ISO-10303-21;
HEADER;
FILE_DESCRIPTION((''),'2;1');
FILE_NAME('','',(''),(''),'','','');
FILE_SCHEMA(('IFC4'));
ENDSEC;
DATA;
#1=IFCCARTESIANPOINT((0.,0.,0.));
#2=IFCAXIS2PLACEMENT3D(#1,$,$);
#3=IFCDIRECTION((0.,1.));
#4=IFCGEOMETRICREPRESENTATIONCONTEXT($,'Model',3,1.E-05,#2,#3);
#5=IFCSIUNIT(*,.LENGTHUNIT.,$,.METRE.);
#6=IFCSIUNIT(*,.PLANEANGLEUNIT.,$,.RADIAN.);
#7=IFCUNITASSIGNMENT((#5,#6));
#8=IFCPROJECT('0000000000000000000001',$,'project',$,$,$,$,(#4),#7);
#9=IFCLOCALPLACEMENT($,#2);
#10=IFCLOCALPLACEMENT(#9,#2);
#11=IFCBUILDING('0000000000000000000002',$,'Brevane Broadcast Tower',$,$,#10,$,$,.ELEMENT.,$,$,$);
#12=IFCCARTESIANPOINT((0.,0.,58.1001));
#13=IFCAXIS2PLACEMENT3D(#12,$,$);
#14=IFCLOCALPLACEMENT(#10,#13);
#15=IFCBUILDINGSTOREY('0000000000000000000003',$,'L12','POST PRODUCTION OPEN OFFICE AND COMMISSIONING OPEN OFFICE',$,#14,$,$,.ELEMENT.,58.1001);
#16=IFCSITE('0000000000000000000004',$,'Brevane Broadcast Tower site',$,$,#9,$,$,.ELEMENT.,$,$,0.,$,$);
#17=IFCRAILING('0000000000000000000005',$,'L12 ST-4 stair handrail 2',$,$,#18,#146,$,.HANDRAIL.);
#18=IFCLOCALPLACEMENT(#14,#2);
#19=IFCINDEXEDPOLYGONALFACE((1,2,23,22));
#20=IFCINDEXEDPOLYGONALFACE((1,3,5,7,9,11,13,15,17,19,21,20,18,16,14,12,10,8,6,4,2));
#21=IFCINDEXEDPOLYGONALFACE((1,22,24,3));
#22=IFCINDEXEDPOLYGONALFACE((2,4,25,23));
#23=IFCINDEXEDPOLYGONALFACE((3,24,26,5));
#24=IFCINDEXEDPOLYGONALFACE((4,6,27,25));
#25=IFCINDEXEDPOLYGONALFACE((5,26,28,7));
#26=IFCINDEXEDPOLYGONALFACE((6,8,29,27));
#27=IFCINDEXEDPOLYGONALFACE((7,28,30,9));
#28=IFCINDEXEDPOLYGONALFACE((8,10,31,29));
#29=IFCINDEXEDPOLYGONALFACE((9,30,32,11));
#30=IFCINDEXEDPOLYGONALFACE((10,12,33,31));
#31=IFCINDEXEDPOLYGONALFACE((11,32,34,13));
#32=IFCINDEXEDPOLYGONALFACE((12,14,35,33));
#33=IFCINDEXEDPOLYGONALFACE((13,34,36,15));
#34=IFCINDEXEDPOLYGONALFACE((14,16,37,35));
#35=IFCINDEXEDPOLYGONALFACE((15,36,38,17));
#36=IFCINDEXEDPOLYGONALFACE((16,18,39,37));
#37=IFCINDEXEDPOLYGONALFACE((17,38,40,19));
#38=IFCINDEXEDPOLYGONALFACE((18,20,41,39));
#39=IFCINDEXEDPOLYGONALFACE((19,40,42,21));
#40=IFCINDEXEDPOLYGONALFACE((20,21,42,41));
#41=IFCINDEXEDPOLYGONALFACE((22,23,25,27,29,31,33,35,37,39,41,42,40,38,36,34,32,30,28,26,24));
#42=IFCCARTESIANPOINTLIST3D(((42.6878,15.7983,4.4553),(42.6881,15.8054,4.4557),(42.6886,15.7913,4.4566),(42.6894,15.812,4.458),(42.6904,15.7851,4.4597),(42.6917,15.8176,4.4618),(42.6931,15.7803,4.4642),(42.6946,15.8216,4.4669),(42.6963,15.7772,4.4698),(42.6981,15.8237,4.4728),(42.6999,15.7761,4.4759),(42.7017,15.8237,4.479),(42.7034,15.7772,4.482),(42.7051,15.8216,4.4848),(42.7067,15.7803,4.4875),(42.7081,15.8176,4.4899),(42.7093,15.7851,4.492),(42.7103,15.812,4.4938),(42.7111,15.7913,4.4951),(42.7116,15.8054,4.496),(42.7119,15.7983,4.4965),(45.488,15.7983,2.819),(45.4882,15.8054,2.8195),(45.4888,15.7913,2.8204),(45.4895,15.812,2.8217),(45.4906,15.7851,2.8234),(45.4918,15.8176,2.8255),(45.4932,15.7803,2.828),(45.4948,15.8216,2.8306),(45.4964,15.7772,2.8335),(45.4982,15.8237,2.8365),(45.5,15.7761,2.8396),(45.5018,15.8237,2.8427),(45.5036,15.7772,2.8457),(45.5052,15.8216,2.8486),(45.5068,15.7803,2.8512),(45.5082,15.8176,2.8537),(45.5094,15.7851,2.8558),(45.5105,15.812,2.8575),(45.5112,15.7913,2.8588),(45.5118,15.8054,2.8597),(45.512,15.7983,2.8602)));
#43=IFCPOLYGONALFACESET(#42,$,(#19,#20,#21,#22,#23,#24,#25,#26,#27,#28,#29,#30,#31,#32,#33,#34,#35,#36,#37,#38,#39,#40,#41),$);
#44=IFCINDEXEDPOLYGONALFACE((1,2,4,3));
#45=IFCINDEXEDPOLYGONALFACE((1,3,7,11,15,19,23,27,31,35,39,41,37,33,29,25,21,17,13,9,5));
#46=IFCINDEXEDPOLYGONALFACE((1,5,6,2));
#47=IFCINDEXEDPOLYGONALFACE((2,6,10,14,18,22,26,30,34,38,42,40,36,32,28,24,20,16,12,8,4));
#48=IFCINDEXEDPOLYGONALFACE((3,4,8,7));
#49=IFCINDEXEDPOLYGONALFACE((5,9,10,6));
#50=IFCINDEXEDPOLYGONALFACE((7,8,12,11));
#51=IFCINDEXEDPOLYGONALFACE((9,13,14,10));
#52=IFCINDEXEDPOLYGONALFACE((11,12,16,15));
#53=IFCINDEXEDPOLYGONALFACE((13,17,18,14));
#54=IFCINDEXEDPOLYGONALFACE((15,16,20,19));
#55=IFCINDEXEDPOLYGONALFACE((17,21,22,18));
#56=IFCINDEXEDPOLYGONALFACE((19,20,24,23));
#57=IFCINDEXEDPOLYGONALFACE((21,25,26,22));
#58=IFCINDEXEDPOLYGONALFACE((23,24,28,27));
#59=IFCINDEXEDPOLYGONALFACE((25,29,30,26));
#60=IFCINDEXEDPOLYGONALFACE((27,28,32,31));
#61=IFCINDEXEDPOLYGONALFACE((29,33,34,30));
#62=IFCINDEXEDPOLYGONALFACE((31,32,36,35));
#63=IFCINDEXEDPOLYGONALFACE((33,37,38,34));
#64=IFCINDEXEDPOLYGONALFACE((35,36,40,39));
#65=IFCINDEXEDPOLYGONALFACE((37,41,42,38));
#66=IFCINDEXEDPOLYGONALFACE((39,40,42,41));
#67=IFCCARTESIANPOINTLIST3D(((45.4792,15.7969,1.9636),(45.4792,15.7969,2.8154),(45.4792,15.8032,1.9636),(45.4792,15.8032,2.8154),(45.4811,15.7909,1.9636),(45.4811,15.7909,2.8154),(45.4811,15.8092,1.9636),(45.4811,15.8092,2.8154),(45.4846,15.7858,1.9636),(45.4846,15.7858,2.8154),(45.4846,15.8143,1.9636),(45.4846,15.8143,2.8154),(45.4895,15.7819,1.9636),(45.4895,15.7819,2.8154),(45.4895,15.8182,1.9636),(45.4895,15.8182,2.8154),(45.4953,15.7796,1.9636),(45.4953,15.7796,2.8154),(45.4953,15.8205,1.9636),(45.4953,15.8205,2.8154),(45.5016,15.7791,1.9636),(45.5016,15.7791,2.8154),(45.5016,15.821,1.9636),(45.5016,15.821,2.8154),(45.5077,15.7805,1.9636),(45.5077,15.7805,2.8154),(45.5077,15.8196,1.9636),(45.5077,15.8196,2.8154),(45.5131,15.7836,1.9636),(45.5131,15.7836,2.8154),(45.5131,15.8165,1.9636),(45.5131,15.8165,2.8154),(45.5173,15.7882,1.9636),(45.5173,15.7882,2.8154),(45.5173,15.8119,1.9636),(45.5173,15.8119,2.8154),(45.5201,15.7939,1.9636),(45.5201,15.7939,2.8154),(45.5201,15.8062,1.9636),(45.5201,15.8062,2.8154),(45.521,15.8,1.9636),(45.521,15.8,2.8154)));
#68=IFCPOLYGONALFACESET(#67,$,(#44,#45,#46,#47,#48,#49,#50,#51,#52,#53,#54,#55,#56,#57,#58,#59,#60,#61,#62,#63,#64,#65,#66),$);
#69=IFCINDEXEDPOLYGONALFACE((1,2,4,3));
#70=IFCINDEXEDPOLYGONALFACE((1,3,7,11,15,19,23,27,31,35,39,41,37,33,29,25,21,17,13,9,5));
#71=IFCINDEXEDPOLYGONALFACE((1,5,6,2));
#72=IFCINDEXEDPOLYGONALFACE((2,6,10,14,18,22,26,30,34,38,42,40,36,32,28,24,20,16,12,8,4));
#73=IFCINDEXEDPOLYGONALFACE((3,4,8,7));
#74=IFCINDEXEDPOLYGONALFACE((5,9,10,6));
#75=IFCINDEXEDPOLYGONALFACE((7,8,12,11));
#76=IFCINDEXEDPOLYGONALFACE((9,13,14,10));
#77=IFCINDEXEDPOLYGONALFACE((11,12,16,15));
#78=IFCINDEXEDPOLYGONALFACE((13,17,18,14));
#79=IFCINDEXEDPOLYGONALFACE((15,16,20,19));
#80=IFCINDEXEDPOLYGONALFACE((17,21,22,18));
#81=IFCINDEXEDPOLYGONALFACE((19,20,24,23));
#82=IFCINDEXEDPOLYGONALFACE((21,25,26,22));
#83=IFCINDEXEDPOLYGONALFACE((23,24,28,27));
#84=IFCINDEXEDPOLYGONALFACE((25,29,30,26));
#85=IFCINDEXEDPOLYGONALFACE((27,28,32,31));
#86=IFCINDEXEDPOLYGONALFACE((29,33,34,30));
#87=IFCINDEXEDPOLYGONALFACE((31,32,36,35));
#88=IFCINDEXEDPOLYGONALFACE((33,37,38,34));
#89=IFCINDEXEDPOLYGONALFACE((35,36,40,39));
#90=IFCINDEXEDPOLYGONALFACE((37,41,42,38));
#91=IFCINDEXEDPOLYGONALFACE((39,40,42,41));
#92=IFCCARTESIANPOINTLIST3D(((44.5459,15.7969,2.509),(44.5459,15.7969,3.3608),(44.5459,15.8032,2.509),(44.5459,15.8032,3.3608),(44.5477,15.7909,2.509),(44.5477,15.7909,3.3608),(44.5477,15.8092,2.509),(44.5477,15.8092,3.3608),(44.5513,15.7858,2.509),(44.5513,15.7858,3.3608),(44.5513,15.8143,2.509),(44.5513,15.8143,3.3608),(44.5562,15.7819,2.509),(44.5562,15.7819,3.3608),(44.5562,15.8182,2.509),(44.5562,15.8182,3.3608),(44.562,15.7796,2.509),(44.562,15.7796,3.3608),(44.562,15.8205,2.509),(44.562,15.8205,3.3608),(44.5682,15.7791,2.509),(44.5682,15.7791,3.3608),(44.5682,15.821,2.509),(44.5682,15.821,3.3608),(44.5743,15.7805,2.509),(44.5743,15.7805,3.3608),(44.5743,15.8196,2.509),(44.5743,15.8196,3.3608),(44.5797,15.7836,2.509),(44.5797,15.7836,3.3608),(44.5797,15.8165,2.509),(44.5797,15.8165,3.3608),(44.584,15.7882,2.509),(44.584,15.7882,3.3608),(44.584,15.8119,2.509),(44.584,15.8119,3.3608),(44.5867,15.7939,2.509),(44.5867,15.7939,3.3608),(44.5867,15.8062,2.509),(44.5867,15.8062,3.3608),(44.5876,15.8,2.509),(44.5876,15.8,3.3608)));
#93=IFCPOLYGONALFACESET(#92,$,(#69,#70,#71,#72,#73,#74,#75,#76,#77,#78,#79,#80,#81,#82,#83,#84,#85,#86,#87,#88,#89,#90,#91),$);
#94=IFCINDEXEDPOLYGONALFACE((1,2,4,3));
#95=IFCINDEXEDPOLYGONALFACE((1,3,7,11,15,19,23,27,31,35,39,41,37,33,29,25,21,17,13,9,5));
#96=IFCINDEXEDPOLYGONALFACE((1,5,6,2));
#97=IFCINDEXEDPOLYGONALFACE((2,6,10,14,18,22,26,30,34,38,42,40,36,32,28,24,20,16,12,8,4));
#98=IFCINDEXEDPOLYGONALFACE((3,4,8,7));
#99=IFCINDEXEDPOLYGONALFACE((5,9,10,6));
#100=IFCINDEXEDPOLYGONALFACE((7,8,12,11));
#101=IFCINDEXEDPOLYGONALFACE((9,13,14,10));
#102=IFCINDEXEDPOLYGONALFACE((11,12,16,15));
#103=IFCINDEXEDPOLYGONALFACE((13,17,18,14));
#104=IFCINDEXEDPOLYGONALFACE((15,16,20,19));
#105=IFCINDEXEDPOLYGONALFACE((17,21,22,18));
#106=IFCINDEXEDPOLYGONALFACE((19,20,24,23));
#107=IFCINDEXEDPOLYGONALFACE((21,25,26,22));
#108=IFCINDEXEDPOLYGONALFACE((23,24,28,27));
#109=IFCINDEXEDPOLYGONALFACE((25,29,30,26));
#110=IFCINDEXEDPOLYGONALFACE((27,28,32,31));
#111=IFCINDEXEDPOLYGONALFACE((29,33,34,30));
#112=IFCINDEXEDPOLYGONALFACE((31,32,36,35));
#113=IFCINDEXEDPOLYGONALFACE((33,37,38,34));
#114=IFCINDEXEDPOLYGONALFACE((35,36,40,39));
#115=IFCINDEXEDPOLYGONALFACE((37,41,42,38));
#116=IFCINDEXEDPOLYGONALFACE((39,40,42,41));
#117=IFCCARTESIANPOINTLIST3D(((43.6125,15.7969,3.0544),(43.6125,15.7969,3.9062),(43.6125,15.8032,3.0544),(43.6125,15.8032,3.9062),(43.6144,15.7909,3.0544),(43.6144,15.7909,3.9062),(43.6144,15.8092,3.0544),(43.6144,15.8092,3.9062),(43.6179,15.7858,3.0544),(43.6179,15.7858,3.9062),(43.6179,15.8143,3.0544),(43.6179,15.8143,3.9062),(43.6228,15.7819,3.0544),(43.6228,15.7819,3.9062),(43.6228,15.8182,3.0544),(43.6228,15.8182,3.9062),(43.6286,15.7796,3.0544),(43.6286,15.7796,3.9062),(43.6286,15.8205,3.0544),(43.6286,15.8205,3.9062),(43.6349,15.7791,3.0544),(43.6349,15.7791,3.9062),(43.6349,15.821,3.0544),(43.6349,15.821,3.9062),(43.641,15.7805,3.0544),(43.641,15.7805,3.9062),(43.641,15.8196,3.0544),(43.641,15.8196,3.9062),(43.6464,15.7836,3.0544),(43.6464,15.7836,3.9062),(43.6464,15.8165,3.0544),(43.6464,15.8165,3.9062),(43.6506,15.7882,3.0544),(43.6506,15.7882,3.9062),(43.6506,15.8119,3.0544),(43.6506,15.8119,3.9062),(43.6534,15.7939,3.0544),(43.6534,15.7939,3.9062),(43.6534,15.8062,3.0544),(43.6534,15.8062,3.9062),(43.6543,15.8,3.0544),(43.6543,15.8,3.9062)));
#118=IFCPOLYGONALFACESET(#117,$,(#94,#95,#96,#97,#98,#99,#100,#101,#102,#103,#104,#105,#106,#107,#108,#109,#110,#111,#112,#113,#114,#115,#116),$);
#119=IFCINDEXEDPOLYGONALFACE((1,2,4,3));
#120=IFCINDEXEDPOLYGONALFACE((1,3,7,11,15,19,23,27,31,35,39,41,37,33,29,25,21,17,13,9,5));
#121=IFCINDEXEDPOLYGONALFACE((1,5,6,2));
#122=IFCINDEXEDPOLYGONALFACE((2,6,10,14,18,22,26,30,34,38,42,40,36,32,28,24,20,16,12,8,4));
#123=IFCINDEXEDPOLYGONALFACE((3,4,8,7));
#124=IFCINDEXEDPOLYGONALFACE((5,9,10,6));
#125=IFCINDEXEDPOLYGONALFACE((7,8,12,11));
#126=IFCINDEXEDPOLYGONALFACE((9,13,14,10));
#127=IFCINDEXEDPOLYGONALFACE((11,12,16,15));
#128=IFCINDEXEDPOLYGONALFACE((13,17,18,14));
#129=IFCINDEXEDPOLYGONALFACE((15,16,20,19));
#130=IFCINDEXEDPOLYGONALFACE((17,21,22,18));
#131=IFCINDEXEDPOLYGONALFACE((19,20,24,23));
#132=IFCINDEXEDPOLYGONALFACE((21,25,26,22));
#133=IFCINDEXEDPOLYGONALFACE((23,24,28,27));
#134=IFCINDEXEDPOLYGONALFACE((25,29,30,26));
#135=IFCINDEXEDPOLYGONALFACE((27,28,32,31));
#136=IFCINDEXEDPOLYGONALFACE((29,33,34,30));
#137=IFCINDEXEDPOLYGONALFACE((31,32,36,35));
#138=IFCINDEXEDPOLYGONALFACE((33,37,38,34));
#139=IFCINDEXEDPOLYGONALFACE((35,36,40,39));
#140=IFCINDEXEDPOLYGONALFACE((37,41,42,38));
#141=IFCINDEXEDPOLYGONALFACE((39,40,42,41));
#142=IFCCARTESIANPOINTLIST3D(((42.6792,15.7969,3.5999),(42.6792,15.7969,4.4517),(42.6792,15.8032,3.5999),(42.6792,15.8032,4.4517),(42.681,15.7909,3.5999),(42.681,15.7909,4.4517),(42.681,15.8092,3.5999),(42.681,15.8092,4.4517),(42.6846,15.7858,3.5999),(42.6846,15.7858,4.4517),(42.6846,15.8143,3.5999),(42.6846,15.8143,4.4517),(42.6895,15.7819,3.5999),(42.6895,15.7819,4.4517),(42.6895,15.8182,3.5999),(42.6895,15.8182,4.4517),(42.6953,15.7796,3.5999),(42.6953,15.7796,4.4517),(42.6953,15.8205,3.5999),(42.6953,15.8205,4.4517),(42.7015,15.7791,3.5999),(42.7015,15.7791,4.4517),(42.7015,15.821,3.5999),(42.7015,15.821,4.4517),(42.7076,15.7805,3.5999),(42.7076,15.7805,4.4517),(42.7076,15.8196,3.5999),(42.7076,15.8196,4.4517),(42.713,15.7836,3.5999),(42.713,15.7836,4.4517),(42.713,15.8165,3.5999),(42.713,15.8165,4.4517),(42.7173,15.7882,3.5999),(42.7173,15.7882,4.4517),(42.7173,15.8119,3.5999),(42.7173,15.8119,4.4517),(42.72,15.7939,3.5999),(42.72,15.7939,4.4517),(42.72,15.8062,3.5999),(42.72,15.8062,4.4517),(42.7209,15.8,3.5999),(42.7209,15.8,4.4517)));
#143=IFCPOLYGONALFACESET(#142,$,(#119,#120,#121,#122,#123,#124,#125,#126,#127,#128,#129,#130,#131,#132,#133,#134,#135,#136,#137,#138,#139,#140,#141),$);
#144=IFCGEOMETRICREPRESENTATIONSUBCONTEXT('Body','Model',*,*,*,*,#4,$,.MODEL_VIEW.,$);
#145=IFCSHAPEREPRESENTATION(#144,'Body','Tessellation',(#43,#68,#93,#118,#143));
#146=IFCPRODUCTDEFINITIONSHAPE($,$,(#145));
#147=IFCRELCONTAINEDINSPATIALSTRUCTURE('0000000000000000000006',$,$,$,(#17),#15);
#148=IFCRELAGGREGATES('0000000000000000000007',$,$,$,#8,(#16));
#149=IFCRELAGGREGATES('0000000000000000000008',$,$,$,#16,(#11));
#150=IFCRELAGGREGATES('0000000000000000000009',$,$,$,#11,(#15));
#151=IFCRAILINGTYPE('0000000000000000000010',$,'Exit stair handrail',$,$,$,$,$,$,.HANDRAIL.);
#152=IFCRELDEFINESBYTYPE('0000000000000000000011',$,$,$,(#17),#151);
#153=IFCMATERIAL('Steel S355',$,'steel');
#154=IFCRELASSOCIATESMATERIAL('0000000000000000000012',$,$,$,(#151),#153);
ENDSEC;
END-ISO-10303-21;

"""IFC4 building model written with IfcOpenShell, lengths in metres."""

from ifc_helpers import new_model, si_unit, direction, frame, origin, origin_2d, place, context, subcontext, project, spatial, circle, extrude, material, type_object, element, save


model = new_model("IFC4")

# Units and contexts
model_context = context("Model", 3, precision=1e-05, world=origin(), true_north=direction((0.0, 1.0)))
body_context = subcontext(model_context, "Body", "Model", "MODEL_VIEW")
ifc_project = project(units=[si_unit("LENGTHUNIT", "METRE"), si_unit("PLANEANGLEUNIT", "RADIAN")], contexts=[model_context])

# Site, building, storey
site_placement = place(None, origin())
site = spatial("IfcSite", under=ifc_project, at=site_placement, Name="Brevane Broadcast Tower site", CompositionType="ELEMENT", RefElevation=0.0)
building_placement = place(site_placement, origin())
building = spatial("IfcBuilding", under=site, at=building_placement, Name="Brevane Broadcast Tower", CompositionType="ELEMENT")
storey_placement = place(building_placement, frame((0.0, 0.0, 58.1001)))
storey = spatial("IfcBuildingStorey", under=building, at=storey_placement, Name="L12", Description="POST PRODUCTION OPEN OFFICE AND COMMISSIONING OPEN OFFICE", CompositionType="ELEMENT", Elevation=58.1001)

# Railing
ifc_material_1 = material(Name="Steel S355", Category="steel")
railing_type_1 = type_object("IfcRailingType", Name="Exit stair handrail", PredefinedType="HANDRAIL", material=ifc_material_1)
railing_1_placement = place(storey_placement, frame((45.5, 15.8, 1.9636)))
element("IfcRailing", 1, at=railing_1_placement, inside=storey, type_object=railing_type_1, Name="L12 ST-4 stair handrail 2", PredefinedType="HANDRAIL", context=body_context, shape_type="SweptSolid", body=[
    extrude(circle(Radius=0.0239, at=origin_2d()), frame((0.0, 0.0, 0.876), z_axis=(-0.863394, 0.0, 0.504531), x_axis=(0.0, -1.0, 0.0)), (0.0, 0.0, 1.0), 3.2432),
    extrude(circle(Radius=0.021, at=origin_2d()), origin(), (0.0, 0.0, 1.0), 0.8518),
    extrude(circle(Radius=0.021, at=origin_2d()), frame((-0.9333, 0.0, 0.5454)), (0.0, 0.0, 1.0), 0.8518),
    extrude(circle(Radius=0.021, at=origin_2d()), frame((-1.8667, 0.0, 1.0908)), (0.0, 0.0, 1.0), 0.8518),
    extrude(circle(Radius=0.021, at=origin_2d()), frame((-2.8, 0.0, 1.6362)), (0.0, 0.0, 1.0), 0.8518),
])

save(model, "model.ifc")
